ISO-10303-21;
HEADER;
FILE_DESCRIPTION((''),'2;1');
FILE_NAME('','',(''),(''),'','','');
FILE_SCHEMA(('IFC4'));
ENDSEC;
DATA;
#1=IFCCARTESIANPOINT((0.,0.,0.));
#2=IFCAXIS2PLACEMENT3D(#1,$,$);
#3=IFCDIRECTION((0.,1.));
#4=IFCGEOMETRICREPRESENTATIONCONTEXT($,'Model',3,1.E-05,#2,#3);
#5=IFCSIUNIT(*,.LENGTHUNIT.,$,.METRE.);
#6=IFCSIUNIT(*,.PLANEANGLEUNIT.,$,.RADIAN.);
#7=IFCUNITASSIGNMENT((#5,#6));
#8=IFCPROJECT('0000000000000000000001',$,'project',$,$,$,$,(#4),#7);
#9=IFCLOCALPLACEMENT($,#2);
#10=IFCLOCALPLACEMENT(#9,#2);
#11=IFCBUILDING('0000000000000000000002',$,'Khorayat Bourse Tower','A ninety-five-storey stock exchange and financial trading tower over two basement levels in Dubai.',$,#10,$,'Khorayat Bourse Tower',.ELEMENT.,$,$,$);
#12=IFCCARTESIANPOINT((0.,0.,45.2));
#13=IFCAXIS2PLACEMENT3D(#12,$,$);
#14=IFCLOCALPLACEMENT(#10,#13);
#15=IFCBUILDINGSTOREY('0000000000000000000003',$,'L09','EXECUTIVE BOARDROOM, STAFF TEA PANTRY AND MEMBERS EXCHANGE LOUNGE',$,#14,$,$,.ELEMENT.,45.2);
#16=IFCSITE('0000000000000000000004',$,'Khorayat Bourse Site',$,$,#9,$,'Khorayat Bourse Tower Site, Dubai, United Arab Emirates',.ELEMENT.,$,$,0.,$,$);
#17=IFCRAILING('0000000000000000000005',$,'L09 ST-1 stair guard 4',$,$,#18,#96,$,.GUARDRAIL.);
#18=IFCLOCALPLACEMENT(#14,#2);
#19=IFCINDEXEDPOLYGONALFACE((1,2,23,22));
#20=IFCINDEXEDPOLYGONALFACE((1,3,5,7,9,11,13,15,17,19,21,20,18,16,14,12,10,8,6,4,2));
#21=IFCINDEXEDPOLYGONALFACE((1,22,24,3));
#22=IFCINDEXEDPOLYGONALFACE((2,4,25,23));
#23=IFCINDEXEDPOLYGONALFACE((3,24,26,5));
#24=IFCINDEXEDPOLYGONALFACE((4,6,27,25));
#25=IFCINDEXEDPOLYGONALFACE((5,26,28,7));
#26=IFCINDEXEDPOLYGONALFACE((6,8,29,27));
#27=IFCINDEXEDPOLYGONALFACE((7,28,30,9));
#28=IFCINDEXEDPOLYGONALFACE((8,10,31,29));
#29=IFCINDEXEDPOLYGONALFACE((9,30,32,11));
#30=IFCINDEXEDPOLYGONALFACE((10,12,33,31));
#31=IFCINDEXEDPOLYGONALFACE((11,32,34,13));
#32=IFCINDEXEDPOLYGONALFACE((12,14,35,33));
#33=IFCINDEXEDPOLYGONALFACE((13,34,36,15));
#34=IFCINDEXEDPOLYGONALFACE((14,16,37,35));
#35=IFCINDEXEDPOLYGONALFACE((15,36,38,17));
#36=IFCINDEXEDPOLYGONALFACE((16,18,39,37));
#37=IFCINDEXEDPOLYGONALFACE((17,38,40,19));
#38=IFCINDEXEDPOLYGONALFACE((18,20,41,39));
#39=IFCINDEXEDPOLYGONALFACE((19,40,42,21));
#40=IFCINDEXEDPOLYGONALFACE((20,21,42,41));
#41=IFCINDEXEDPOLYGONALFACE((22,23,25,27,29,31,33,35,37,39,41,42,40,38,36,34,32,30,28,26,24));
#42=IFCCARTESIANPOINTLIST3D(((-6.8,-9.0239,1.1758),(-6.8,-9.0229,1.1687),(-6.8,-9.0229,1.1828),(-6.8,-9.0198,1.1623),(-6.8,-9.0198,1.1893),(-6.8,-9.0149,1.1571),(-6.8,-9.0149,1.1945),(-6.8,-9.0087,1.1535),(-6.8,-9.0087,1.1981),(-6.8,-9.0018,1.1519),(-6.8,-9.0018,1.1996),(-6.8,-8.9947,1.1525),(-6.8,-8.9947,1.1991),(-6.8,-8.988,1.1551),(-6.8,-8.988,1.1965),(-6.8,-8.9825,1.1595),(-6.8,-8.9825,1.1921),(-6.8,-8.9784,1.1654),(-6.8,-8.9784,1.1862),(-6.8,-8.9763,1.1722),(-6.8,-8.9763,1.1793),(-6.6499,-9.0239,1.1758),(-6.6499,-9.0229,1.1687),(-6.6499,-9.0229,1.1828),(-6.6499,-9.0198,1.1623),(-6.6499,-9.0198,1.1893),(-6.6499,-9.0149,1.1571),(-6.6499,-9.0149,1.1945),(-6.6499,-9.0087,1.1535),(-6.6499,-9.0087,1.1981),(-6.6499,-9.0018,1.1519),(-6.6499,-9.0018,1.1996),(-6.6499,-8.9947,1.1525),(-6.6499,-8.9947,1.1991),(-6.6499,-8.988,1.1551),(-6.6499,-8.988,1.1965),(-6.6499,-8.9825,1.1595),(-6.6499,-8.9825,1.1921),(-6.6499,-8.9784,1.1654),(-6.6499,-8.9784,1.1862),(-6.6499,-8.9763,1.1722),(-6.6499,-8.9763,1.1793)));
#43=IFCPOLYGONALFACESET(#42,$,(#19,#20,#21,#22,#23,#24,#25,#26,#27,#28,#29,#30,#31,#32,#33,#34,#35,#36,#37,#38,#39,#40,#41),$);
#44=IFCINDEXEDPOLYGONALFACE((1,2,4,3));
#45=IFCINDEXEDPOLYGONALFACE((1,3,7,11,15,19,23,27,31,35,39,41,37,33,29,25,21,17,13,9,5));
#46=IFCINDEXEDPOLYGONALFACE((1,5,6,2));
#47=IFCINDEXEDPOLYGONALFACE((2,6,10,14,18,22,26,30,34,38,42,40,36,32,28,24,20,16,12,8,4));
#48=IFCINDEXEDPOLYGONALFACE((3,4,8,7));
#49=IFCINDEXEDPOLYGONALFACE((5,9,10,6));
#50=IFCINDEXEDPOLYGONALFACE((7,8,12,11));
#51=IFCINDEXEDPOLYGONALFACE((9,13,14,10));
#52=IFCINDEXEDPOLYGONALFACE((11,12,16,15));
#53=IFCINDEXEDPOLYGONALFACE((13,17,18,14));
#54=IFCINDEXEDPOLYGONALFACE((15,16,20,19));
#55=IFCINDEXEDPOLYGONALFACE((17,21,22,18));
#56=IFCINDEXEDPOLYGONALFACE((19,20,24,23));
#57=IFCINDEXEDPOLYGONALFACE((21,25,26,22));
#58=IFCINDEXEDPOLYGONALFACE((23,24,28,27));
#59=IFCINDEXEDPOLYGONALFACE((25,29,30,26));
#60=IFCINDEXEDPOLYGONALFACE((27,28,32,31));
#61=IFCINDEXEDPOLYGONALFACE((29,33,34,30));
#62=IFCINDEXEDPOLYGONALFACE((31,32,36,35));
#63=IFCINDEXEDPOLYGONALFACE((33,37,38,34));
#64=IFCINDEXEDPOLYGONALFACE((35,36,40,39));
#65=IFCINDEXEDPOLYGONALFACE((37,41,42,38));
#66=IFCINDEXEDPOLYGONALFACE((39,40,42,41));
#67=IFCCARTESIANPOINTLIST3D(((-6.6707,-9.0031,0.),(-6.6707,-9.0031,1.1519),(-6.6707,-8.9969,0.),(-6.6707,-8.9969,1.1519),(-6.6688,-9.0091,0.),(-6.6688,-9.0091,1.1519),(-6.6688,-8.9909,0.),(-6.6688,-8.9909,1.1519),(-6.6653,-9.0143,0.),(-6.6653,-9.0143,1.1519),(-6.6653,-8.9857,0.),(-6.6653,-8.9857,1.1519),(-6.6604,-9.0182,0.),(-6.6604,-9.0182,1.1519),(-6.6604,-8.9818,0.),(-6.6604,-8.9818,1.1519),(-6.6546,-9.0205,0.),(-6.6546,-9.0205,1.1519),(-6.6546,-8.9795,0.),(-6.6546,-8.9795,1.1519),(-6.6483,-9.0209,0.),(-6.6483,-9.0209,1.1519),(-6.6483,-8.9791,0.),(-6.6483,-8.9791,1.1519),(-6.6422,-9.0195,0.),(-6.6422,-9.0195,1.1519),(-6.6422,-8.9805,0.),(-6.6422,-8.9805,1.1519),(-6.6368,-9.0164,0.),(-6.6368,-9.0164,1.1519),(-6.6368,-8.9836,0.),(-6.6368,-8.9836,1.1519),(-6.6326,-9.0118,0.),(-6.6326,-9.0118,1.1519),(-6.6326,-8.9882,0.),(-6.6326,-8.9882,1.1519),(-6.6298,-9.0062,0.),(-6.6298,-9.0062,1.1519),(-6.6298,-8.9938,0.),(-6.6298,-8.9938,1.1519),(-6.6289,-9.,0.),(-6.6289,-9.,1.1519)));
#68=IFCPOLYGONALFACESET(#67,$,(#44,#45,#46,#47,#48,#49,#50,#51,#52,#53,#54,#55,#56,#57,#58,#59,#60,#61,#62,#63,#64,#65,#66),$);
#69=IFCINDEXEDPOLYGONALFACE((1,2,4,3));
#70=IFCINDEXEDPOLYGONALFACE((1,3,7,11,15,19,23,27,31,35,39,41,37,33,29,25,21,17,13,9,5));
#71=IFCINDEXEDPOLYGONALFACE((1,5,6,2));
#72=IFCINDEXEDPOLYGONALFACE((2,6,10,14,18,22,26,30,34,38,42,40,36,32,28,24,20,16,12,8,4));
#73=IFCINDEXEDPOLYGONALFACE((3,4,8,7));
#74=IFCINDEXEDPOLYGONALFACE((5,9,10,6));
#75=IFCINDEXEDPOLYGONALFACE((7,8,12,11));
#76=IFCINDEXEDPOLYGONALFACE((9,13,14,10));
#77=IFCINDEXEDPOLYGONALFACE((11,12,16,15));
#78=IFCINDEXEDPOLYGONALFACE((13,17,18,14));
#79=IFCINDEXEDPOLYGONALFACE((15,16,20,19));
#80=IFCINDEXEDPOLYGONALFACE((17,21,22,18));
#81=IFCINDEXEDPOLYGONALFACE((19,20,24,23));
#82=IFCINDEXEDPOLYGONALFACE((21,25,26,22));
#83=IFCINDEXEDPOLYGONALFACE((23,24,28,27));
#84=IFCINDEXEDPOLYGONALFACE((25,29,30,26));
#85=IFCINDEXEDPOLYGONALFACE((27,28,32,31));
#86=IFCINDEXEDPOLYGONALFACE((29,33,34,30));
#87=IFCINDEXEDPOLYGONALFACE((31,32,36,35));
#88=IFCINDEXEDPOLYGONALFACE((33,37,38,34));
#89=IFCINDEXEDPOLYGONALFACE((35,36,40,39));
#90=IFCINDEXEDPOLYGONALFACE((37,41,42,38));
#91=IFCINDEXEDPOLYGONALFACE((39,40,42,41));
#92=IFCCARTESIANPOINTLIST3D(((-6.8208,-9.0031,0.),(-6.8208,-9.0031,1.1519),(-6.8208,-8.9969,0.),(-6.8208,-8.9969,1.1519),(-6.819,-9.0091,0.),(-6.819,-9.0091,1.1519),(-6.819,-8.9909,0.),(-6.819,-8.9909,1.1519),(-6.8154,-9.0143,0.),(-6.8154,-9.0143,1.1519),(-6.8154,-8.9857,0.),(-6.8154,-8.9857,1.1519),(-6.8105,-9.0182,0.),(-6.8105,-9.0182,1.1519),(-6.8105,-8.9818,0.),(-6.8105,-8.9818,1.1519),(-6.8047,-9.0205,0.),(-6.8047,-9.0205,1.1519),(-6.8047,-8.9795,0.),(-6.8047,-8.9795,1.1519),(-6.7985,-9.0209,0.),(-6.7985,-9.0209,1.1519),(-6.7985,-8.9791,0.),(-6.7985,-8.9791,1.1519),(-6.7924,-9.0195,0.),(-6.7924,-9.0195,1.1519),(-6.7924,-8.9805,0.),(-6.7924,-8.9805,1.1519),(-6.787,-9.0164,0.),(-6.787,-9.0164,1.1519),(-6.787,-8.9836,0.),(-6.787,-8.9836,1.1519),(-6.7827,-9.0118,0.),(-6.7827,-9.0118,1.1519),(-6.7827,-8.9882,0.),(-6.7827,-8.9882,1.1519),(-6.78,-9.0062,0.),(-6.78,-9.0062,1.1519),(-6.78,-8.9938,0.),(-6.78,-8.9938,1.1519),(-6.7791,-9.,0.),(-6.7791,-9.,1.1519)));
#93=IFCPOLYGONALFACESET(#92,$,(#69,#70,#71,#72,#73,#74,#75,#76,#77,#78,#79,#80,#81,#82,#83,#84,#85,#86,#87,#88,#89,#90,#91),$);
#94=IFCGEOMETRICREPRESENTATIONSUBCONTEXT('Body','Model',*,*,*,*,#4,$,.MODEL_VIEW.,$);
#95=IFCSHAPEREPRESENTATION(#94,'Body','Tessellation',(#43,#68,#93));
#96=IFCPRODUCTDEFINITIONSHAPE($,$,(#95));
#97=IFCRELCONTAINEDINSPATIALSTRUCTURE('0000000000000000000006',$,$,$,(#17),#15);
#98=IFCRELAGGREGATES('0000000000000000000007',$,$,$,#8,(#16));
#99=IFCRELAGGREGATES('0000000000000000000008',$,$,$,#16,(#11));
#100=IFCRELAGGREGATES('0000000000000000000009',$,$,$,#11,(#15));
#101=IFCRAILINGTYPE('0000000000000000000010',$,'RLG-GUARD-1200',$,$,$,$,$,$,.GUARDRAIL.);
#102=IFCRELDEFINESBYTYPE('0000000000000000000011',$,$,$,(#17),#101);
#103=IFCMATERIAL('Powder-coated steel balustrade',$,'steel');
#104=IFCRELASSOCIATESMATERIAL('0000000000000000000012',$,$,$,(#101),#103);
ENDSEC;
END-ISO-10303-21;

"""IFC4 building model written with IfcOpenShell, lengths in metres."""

from ifc_helpers import new_model, si_unit, direction, frame, origin, origin_2d, place, context, subcontext, project, spatial, circle, extrude, source, transform, mapped, material, type_object, element, save


model = new_model("IFC4")

# Units and contexts
model_context = context("Model", 3, precision=1e-05, world=origin(), true_north=direction((0.0, 1.0)))
body_context = subcontext(model_context, "Body", "Model", "MODEL_VIEW")
ifc_project = project(units=[si_unit("LENGTHUNIT", "METRE"), si_unit("PLANEANGLEUNIT", "RADIAN")], contexts=[model_context])

# Site, building, storey
site_placement = place(None, origin())
site = spatial("IfcSite", under=ifc_project, at=site_placement, Name="Khorayat Bourse Site", LongName="Khorayat Bourse Tower Site, Dubai, United Arab Emirates", CompositionType="ELEMENT", RefElevation=0.0)
building_placement = place(site_placement, origin())
building = spatial("IfcBuilding", under=site, at=building_placement, Name="Khorayat Bourse Tower", Description="A ninety-five-storey stock exchange and financial trading tower over two basement levels in Dubai.", LongName="Khorayat Bourse Tower", CompositionType="ELEMENT")
storey_placement = place(building_placement, frame((0.0, 0.0, 45.2)))
storey = spatial("IfcBuildingStorey", under=building, at=storey_placement, Name="L09", Description="EXECUTIVE BOARDROOM, STAFF TEA PANTRY AND MEMBERS EXCHANGE LOUNGE", CompositionType="ELEMENT", Elevation=45.2)

# Railing
ifc_material_1 = material(Name="Powder-coated steel balustrade", Category="steel")
railing_type_1 = type_object("IfcRailingType", Name="RLG-GUARD-1200", PredefinedType="GUARDRAIL", material=ifc_material_1)
shared_shape_1 = source(origin(), body_context, "Body", "SweptSolid", [
    extrude(circle(Radius=0.0239, at=origin_2d()), frame((0.0, 0.0, 1.1758), z_axis=(-1.0, 0.0, 0.0), x_axis=(0.0, -1.0, 0.0)), (0.0, 0.0, 1.0), 0.1501),
    extrude(circle(Radius=0.021, at=origin_2d()), origin(), (0.0, 0.0, 1.0), 1.1519),
    extrude(circle(Radius=0.021, at=origin_2d()), frame((-0.1501, 0.0, 0.0)), (0.0, 0.0, 1.0), 1.1519),
])
for number, where, name in (
    (1, (-6.6499, -9.0, 0.0), "L09 ST-1 stair guard 4"),
):
    element("IfcRailing", number, at=place(storey_placement, frame(where)), inside=storey, type_object=railing_type_1, Name=name, PredefinedType="GUARDRAIL", context=body_context, shape_type="MappedRepresentation", body=[
        mapped(shared_shape_1, transform((0.0, 0.0, 0.0), scale=1.0)),
    ])

save(model, "model.ifc")
